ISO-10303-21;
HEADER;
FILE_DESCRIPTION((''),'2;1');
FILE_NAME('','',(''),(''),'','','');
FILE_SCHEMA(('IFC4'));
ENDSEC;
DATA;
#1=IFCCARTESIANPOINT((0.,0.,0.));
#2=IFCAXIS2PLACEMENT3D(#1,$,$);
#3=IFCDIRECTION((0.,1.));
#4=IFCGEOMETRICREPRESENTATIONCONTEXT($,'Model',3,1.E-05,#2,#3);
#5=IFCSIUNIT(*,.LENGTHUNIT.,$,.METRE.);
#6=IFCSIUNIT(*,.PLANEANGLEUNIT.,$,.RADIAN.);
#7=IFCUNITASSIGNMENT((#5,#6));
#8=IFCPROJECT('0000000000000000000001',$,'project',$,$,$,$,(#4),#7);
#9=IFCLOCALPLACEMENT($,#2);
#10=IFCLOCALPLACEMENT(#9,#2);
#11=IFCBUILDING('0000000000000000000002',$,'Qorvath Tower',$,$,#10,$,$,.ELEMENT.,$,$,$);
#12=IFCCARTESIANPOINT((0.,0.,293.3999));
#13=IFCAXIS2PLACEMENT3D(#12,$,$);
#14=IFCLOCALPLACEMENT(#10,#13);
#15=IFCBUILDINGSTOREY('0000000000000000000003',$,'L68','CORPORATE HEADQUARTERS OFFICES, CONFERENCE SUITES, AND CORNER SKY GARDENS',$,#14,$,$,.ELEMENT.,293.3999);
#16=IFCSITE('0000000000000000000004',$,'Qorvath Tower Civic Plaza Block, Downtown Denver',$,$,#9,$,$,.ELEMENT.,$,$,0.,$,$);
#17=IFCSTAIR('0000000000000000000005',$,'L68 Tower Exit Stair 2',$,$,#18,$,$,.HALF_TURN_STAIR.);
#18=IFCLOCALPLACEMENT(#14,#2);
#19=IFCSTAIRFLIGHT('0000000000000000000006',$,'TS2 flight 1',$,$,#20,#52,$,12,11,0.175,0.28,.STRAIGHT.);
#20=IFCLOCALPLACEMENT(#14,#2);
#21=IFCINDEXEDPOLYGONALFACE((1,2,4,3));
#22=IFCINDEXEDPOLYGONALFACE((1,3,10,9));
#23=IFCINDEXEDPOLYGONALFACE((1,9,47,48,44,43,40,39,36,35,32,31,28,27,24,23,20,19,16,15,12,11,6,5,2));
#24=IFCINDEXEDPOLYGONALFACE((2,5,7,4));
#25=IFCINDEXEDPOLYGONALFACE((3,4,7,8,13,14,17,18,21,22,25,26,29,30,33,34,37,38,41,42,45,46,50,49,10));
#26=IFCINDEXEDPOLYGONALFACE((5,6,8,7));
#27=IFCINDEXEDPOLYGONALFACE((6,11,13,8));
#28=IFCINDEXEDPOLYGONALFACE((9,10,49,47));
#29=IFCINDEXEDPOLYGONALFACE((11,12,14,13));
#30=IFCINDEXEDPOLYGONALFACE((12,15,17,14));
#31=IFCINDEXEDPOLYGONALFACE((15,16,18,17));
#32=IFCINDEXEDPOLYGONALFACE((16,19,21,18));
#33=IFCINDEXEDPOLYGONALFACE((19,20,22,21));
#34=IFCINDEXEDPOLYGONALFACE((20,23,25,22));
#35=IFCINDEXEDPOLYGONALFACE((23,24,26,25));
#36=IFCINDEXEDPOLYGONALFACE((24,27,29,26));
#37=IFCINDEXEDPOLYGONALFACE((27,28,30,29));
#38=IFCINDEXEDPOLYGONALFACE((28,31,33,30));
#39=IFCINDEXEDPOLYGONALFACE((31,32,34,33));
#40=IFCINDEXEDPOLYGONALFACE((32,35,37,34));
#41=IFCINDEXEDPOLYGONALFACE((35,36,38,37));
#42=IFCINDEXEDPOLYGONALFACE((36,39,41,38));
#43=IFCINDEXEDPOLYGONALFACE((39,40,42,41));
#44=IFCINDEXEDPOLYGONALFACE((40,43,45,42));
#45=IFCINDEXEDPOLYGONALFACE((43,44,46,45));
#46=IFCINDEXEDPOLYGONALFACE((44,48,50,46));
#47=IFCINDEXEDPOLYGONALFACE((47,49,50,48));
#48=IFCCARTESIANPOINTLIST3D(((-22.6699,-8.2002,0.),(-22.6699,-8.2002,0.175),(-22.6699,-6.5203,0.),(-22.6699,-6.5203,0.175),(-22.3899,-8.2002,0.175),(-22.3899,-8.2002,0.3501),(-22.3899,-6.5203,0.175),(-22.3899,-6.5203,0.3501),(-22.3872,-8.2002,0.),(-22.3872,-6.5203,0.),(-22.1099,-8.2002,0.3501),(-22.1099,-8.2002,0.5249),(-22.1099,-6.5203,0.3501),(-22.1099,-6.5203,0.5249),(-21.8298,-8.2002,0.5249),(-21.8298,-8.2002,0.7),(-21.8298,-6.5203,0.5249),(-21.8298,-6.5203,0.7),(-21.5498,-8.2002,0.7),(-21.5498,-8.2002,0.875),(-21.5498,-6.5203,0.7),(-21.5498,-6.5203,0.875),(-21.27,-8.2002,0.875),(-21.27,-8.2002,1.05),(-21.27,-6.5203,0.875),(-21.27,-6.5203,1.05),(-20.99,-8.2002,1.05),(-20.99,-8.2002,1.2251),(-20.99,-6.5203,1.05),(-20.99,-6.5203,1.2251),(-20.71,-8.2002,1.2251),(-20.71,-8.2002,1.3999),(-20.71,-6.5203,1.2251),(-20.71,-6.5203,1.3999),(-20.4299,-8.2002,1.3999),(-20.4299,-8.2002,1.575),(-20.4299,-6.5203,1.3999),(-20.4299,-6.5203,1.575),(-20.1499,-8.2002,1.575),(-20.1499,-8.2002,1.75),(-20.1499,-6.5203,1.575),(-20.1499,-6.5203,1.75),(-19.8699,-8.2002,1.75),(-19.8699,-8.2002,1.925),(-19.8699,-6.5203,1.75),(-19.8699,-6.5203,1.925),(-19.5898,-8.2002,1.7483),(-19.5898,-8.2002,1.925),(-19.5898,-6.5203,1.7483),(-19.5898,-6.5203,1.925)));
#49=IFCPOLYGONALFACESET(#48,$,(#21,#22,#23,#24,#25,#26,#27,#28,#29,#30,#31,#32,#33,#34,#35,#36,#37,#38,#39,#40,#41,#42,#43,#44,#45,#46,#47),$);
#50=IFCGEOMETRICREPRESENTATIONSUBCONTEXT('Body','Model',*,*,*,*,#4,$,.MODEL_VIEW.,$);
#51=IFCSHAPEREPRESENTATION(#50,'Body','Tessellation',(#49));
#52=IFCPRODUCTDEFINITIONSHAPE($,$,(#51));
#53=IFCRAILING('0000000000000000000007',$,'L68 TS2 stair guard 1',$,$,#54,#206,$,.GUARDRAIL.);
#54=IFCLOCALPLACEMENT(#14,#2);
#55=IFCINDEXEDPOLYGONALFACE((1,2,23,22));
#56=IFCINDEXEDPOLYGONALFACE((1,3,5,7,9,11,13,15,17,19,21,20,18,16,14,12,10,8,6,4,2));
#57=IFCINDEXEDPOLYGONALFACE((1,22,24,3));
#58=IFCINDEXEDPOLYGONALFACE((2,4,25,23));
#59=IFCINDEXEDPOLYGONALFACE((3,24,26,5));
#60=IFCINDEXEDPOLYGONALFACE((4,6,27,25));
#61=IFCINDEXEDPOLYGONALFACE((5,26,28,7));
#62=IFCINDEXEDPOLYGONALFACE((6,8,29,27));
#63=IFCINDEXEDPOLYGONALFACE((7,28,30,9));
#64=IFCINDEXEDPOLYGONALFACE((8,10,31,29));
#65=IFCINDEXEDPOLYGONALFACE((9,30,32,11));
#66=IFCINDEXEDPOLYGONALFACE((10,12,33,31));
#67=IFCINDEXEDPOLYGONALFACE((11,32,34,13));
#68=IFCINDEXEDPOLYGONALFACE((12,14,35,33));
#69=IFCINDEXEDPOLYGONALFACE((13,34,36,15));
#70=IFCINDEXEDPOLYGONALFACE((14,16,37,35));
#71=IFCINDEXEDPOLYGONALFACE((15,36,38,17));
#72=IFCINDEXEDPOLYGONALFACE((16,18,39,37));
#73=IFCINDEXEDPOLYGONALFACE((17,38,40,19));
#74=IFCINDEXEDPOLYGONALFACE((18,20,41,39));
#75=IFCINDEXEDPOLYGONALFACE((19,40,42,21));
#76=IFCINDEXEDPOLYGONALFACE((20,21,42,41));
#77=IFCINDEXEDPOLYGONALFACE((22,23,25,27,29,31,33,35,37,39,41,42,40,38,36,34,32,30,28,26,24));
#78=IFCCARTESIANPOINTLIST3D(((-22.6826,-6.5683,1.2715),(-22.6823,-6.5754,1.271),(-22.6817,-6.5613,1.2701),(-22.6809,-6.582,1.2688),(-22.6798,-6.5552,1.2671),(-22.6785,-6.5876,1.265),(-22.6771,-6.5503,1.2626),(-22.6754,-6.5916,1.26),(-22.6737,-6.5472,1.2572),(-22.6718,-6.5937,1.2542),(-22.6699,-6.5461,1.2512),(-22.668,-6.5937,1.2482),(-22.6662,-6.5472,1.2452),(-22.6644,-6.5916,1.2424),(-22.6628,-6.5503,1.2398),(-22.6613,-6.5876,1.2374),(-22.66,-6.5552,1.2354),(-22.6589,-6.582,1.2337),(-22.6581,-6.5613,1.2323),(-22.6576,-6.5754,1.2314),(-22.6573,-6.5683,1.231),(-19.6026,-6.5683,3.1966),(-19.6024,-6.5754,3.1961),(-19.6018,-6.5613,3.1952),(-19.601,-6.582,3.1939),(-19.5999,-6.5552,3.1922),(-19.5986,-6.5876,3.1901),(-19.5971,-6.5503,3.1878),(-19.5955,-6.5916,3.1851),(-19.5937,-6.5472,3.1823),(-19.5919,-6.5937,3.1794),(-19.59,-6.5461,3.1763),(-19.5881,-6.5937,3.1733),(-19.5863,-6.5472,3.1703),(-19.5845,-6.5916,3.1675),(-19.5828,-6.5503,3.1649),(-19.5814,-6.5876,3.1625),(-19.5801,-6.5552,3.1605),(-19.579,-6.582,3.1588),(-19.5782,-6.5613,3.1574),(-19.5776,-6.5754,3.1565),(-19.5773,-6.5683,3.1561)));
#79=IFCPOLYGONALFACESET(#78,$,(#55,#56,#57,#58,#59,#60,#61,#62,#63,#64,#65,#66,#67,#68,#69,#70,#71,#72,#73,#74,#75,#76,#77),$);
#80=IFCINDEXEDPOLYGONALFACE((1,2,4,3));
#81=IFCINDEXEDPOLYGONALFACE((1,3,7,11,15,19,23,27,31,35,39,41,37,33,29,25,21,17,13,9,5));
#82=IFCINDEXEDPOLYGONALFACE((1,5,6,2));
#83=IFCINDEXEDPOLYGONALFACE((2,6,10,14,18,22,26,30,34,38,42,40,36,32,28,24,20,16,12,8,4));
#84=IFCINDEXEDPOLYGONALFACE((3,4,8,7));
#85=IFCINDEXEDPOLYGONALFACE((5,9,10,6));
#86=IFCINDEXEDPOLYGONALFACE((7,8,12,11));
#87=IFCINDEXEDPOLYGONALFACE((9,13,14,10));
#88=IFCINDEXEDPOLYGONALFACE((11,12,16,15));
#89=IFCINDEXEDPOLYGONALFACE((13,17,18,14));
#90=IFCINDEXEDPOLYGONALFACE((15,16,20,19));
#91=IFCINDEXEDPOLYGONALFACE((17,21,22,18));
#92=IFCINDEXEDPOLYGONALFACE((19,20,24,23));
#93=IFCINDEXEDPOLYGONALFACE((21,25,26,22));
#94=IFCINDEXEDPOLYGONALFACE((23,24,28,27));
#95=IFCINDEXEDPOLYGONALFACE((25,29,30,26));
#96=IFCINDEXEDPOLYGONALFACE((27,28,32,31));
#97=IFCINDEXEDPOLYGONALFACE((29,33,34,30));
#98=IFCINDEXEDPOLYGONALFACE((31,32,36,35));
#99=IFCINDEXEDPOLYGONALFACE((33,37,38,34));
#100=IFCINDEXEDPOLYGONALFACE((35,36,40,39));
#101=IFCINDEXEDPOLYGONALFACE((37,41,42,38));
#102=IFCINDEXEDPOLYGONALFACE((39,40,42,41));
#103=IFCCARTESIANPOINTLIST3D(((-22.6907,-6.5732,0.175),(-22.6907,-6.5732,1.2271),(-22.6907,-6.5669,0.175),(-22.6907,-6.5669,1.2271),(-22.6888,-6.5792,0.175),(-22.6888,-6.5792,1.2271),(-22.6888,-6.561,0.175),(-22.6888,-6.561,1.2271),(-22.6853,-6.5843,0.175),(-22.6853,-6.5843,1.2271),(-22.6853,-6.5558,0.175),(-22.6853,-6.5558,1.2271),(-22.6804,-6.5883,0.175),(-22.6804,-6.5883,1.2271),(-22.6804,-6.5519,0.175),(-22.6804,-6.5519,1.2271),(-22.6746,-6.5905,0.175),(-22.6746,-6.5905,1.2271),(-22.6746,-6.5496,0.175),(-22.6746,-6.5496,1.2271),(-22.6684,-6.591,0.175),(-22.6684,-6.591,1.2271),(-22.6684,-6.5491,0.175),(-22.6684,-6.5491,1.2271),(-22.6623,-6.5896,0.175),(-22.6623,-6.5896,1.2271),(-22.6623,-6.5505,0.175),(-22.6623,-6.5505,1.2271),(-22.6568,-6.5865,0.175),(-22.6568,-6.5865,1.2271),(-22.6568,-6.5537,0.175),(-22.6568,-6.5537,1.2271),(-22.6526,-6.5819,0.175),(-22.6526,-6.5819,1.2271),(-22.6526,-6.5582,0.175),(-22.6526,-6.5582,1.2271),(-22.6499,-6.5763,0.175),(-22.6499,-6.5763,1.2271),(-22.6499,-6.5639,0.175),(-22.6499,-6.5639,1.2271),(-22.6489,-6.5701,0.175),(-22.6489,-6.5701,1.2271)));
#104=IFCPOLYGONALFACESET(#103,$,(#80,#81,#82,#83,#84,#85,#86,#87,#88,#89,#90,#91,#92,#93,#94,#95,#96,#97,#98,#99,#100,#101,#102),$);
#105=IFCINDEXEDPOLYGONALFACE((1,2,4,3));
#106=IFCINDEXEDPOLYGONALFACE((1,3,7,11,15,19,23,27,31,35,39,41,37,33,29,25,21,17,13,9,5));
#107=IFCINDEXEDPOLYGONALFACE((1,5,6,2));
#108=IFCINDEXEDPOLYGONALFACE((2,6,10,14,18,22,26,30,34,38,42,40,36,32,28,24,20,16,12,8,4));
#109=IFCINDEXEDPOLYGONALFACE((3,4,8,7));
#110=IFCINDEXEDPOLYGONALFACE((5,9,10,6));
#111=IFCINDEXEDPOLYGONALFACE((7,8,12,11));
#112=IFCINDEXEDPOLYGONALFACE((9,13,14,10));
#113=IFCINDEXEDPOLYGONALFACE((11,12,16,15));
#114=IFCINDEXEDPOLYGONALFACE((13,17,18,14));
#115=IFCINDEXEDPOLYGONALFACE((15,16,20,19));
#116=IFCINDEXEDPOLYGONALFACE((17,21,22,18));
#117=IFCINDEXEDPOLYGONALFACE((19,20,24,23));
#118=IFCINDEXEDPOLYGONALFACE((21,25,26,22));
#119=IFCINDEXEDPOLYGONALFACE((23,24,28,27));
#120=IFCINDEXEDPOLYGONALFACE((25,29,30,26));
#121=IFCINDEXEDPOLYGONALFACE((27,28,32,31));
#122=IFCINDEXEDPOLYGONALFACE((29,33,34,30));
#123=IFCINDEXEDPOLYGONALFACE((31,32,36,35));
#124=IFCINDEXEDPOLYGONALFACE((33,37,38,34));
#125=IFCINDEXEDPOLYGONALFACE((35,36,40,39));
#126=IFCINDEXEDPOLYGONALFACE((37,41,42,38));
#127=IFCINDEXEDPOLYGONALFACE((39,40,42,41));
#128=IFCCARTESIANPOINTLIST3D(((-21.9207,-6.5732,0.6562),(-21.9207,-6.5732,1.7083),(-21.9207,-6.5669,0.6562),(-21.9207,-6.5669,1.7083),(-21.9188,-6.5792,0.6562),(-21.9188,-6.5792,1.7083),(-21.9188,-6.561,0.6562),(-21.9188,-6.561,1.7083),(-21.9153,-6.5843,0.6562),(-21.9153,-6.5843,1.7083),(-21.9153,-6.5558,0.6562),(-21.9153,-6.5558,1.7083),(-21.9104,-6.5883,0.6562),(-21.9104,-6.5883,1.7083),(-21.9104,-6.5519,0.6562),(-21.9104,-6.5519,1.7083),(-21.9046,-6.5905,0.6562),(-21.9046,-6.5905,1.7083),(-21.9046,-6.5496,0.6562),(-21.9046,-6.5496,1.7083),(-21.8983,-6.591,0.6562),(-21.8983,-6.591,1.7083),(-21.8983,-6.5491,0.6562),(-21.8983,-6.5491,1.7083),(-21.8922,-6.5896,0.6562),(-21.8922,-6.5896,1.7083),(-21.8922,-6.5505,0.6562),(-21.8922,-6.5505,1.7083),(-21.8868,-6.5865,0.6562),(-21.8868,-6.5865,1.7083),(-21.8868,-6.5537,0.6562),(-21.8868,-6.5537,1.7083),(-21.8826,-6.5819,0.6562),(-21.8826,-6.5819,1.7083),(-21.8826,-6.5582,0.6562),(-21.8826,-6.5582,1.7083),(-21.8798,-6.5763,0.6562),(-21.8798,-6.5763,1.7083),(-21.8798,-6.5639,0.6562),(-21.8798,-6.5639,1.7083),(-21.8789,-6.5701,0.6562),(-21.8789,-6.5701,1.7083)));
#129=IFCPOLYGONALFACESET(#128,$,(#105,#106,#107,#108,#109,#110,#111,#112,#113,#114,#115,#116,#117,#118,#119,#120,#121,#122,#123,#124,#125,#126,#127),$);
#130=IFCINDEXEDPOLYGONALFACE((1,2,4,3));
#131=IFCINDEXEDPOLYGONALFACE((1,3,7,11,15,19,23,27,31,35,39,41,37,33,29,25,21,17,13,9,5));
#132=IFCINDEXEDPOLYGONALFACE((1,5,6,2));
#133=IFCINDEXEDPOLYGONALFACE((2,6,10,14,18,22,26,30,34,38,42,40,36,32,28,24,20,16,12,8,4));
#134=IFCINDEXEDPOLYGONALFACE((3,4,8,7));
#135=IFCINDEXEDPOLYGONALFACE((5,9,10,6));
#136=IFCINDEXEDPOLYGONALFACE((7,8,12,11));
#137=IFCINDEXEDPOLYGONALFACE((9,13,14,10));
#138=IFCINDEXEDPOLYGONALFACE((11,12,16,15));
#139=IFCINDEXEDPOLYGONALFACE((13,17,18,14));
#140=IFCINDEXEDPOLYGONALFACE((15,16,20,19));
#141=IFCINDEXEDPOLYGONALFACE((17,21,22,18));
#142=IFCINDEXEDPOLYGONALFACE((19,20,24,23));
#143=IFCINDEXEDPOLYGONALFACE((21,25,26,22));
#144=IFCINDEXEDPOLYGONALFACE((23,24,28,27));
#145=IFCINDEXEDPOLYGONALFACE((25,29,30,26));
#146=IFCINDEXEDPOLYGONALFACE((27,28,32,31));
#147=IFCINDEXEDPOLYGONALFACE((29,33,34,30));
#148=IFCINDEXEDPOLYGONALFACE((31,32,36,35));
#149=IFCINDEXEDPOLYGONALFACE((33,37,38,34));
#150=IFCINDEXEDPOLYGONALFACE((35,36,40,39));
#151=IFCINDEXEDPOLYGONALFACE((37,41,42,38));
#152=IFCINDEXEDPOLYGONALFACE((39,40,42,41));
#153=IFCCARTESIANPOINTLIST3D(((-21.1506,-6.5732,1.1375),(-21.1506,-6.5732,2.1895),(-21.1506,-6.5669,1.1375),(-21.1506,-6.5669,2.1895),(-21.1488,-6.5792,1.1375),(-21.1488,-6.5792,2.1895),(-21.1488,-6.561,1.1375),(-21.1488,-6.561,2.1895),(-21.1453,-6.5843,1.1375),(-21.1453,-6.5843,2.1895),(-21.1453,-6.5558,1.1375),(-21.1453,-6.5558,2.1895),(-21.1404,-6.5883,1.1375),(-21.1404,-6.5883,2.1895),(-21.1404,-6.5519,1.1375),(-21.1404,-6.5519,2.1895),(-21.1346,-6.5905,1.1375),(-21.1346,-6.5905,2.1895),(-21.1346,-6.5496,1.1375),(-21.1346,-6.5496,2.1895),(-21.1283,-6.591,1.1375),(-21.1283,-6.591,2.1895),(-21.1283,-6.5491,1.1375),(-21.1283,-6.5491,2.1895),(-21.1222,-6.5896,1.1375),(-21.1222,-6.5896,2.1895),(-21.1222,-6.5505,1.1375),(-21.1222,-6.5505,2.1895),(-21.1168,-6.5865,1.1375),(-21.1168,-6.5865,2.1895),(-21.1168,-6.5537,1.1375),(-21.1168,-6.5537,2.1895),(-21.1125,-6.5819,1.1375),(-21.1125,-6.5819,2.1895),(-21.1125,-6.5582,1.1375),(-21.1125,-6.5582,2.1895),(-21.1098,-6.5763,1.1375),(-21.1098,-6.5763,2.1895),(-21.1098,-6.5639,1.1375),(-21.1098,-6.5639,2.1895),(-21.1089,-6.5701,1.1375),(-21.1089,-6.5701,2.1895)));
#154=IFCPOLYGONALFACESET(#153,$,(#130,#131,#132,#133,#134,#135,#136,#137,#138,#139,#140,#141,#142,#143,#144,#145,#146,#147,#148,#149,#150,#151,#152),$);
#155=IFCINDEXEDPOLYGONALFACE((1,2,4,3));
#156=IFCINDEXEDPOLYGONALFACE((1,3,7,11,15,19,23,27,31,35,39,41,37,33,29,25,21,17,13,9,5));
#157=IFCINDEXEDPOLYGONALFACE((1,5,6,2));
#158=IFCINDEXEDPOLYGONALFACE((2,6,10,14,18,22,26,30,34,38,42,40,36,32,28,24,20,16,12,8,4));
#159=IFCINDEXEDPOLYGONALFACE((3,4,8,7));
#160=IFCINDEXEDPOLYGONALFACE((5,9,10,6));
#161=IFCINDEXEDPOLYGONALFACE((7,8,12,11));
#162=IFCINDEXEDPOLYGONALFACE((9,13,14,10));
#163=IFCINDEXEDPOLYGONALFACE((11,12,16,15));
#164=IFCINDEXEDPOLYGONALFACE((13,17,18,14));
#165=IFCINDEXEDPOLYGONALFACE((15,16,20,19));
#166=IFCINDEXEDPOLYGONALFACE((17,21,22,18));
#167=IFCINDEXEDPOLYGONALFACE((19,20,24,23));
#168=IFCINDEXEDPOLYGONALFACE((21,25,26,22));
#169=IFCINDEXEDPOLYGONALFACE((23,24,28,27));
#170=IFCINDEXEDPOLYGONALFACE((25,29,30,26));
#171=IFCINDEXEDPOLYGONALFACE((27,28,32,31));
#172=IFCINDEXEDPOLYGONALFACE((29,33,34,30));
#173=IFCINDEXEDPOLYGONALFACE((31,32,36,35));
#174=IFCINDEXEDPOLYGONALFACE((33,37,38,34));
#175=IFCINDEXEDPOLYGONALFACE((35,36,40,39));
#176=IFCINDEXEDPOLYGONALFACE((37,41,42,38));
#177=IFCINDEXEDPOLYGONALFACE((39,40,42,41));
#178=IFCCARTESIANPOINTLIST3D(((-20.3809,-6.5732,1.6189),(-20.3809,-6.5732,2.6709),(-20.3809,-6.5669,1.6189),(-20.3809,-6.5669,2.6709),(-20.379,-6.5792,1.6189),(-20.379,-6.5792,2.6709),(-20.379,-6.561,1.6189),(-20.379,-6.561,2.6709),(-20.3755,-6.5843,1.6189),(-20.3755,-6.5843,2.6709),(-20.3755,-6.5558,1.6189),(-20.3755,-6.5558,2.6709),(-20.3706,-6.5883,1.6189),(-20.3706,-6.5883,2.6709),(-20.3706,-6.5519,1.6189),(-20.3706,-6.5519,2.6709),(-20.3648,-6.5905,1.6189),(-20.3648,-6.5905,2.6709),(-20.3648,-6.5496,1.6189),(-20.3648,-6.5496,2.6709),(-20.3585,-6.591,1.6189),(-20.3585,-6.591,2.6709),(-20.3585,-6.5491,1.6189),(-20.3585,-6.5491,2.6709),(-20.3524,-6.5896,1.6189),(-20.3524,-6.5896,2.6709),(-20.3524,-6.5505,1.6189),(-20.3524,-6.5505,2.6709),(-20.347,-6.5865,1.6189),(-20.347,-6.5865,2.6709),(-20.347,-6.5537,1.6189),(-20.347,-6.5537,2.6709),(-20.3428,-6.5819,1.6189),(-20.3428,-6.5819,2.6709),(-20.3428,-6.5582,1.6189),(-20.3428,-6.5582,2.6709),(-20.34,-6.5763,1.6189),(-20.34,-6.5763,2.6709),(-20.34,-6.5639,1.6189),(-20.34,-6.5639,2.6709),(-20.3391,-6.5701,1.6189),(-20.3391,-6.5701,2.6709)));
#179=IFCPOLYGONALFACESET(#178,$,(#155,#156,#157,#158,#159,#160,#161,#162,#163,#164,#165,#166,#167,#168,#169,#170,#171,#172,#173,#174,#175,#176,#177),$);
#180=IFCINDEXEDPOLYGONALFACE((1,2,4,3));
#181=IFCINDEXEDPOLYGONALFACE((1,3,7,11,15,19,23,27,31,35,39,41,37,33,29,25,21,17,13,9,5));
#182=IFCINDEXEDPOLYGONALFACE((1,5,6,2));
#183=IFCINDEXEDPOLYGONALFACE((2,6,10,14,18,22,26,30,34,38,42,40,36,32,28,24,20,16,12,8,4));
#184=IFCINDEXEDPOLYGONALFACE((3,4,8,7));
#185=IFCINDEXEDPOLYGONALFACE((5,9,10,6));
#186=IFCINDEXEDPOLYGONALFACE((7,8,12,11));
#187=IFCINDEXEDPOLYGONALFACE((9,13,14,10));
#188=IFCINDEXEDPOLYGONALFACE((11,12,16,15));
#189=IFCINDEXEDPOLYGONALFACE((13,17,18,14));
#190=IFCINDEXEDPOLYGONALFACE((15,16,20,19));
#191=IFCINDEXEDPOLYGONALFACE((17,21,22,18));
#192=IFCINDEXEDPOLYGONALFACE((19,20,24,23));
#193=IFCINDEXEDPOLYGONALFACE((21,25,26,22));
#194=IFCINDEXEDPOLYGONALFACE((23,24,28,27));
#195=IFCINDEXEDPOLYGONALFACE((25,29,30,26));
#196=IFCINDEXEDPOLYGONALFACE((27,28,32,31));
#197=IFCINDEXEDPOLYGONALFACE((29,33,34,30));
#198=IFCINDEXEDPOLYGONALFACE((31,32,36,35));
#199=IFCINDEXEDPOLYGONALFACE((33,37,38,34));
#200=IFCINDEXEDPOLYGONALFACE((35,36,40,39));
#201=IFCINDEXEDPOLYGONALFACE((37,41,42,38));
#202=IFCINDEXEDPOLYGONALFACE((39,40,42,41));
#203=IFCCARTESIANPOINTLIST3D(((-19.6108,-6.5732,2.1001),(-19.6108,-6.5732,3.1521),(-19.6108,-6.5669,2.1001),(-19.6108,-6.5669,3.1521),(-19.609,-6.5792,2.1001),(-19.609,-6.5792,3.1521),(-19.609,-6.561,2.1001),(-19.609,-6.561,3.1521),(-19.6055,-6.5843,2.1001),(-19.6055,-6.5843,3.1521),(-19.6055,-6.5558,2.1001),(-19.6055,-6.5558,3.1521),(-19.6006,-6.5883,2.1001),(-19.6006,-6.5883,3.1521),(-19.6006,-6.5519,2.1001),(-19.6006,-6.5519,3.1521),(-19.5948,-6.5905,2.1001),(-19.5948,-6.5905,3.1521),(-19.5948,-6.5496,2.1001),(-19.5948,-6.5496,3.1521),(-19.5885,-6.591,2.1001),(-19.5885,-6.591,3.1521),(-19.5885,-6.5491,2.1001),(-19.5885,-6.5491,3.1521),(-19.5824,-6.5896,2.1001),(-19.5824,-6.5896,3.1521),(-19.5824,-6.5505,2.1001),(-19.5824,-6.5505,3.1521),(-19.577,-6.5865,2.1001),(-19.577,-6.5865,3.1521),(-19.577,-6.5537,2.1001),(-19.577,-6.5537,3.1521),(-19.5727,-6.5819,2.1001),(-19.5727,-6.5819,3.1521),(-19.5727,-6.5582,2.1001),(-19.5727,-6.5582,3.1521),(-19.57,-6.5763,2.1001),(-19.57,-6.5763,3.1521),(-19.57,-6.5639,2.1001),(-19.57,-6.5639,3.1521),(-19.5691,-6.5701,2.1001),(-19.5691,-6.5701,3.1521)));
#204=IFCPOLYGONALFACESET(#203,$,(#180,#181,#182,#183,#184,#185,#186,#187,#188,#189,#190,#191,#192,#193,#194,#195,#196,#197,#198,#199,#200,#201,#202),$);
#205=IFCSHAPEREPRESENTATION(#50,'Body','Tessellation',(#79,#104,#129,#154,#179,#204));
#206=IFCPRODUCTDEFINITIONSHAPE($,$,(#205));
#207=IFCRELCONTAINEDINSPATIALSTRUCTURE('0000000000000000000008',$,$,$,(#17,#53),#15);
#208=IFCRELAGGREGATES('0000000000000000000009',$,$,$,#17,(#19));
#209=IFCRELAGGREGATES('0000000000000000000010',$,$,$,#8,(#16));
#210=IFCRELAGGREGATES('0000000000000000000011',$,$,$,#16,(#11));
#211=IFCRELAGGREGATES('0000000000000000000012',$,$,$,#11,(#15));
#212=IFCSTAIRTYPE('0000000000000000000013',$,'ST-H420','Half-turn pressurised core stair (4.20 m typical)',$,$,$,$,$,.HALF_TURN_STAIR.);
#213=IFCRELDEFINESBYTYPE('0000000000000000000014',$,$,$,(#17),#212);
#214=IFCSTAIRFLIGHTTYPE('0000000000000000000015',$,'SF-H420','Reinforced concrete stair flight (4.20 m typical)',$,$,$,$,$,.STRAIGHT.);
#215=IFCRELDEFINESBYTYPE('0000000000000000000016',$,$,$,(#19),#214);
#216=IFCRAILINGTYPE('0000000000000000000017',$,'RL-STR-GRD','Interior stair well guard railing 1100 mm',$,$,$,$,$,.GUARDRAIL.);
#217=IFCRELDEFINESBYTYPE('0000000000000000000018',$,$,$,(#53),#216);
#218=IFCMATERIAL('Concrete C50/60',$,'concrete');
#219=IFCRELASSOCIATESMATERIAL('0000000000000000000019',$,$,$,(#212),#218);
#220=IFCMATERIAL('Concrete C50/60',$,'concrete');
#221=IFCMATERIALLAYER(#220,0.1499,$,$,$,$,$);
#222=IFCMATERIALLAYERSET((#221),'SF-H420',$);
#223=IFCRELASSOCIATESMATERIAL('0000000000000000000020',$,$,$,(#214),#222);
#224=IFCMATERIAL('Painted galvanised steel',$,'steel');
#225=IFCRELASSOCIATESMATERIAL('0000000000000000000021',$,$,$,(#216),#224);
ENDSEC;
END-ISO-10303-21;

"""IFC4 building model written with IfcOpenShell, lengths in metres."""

from ifc_helpers import new_model, si_unit, direction, frame, origin, origin_2d, place, context, subcontext, project, spatial, polyline, circle, outline, extrude, material, layer, layer_set, type_object, element, aggregate, save


model = new_model("IFC4")

# Units and contexts
model_context = context("Model", 3, precision=1e-05, world=origin(), true_north=direction((0.0, 1.0)))
body_context = subcontext(model_context, "Body", "Model", "MODEL_VIEW")
ifc_project = project(units=[si_unit("LENGTHUNIT", "METRE"), si_unit("PLANEANGLEUNIT", "RADIAN")], contexts=[model_context])

# Site, building, storey
site_placement = place(None, origin())
site = spatial("IfcSite", under=ifc_project, at=site_placement, Name="Qorvath Tower Civic Plaza Block, Downtown Denver", CompositionType="ELEMENT", RefElevation=0.0)
building_placement = place(site_placement, origin())
building = spatial("IfcBuilding", under=site, at=building_placement, Name="Qorvath Tower", CompositionType="ELEMENT")
storey_placement = place(building_placement, frame((0.0, 0.0, 293.3999)))
storey = spatial("IfcBuildingStorey", under=building, at=storey_placement, Name="L68", Description="CORPORATE HEADQUARTERS OFFICES, CONFERENCE SUITES, AND CORNER SKY GARDENS", CompositionType="ELEMENT", Elevation=293.3999)

# Stair, stair flight
ifc_material_1 = material(Name="Concrete C50/60", Category="concrete")
stair_type = type_object("IfcStairType", Name="ST-H420", Description="Half-turn pressurised core stair (4.20 m typical)", PredefinedType="HALF_TURN_STAIR", material=ifc_material_1)
stair_placement = place(storey_placement, origin())
stair = element("IfcStair", 1, at=stair_placement, inside=storey, type_object=stair_type, Name="L68 Tower Exit Stair 2", PredefinedType="HALF_TURN_STAIR")
ifc_material_2 = material(Name="Concrete C50/60", Category="concrete")
ifc_layer_1 = layer(ifc_material_2, 0.1499)
ifc_layer_set_1 = layer_set([ifc_layer_1], Name="SF-H420")
stair_flight_type = type_object("IfcStairFlightType", Name="SF-H420", Description="Reinforced concrete stair flight (4.20 m typical)", PredefinedType="STRAIGHT", material=ifc_layer_set_1)
stair_flight_placement = place(storey_placement, frame((-22.6699, -7.3601, 0.0), z_axis=(0.0, 0.0, 1.0), x_axis=(1.0, 0.0, 0.0)))
stair_flight = element("IfcStairFlight", 2, at=stair_flight_placement, type_object=stair_flight_type, Name="TS2 flight 1", NumberOfRisers=12, NumberOfTreads=11, PredefinedType="STRAIGHT", RiserHeight=0.175, TreadLength=0.28, context=body_context, shape_type="SweptSolid", body=[
    extrude(outline(polyline([(0.0, 0.0), (0.0, 0.175), (0.28, 0.175), (0.28, 0.3501), (0.5601, 0.3501), (0.5601, 0.5249), (0.8401, 0.5249), (0.8401, 0.7), (1.1201, 0.7), (1.1201, 0.875), (1.3999, 0.875), (1.3999, 1.05), (1.6799, 1.05), (1.6799, 1.2251), (1.96, 1.2251), (1.96, 1.3999), (2.24, 1.3999), (2.24, 1.575), (2.52, 1.575), (2.52, 1.75), (2.8, 1.75), (2.8, 1.925), (3.0801, 1.925), (3.0801, 2.1001), (3.0801, 1.7483), (0.2827, 0.0), (0.0, 0.0)])), frame((0.0, 0.8398, 0.0), z_axis=(0.0, -1.0, 0.0), x_axis=(1.0, 0.0, 0.0)), (0.0, 0.0, 1.0), 1.6799),
])
aggregate(stair, [stair_flight])

# Railing
ifc_material_3 = material(Name="Painted galvanised steel", Category="steel")
railing_type = type_object("IfcRailingType", Name="RL-STR-GRD", Description="Interior stair well guard railing 1100 mm", PredefinedType="GUARDRAIL", material=ifc_material_3)
railing_1_placement = place(storey_placement, frame((-22.6699, -6.5701, 0.175)))
element("IfcRailing", 3, at=railing_1_placement, inside=storey, type_object=railing_type, Name="L68 TS2 stair guard 1", PredefinedType="GUARDRAIL", context=body_context, shape_type="SweptSolid", body=[
    extrude(circle(Radius=0.0239, at=origin_2d()), frame((0.0, 0.0, 1.0762), z_axis=(0.847979, 0.0, 0.530029), x_axis=(0.0, 1.0, 0.0)), (0.0, 0.0, 1.0), 3.6321),
    extrude(circle(Radius=0.021, at=origin_2d()), origin(), (0.0, 0.0, 1.0), 1.052),
    extrude(circle(Radius=0.021, at=origin_2d()), frame((0.77, 0.0, 0.4812)), (0.0, 0.0, 1.0), 1.052),
    extrude(circle(Radius=0.021, at=origin_2d()), frame((1.54, 0.0, 0.9624)), (0.0, 0.0, 1.0), 1.052),
    extrude(circle(Radius=0.021, at=origin_2d()), frame((2.3098, 0.0, 1.4438)), (0.0, 0.0, 1.0), 1.052),
    extrude(circle(Radius=0.021, at=origin_2d()), frame((3.0798, 0.0, 1.925)), (0.0, 0.0, 1.0), 1.052),
])

save(model, "model.ifc")
